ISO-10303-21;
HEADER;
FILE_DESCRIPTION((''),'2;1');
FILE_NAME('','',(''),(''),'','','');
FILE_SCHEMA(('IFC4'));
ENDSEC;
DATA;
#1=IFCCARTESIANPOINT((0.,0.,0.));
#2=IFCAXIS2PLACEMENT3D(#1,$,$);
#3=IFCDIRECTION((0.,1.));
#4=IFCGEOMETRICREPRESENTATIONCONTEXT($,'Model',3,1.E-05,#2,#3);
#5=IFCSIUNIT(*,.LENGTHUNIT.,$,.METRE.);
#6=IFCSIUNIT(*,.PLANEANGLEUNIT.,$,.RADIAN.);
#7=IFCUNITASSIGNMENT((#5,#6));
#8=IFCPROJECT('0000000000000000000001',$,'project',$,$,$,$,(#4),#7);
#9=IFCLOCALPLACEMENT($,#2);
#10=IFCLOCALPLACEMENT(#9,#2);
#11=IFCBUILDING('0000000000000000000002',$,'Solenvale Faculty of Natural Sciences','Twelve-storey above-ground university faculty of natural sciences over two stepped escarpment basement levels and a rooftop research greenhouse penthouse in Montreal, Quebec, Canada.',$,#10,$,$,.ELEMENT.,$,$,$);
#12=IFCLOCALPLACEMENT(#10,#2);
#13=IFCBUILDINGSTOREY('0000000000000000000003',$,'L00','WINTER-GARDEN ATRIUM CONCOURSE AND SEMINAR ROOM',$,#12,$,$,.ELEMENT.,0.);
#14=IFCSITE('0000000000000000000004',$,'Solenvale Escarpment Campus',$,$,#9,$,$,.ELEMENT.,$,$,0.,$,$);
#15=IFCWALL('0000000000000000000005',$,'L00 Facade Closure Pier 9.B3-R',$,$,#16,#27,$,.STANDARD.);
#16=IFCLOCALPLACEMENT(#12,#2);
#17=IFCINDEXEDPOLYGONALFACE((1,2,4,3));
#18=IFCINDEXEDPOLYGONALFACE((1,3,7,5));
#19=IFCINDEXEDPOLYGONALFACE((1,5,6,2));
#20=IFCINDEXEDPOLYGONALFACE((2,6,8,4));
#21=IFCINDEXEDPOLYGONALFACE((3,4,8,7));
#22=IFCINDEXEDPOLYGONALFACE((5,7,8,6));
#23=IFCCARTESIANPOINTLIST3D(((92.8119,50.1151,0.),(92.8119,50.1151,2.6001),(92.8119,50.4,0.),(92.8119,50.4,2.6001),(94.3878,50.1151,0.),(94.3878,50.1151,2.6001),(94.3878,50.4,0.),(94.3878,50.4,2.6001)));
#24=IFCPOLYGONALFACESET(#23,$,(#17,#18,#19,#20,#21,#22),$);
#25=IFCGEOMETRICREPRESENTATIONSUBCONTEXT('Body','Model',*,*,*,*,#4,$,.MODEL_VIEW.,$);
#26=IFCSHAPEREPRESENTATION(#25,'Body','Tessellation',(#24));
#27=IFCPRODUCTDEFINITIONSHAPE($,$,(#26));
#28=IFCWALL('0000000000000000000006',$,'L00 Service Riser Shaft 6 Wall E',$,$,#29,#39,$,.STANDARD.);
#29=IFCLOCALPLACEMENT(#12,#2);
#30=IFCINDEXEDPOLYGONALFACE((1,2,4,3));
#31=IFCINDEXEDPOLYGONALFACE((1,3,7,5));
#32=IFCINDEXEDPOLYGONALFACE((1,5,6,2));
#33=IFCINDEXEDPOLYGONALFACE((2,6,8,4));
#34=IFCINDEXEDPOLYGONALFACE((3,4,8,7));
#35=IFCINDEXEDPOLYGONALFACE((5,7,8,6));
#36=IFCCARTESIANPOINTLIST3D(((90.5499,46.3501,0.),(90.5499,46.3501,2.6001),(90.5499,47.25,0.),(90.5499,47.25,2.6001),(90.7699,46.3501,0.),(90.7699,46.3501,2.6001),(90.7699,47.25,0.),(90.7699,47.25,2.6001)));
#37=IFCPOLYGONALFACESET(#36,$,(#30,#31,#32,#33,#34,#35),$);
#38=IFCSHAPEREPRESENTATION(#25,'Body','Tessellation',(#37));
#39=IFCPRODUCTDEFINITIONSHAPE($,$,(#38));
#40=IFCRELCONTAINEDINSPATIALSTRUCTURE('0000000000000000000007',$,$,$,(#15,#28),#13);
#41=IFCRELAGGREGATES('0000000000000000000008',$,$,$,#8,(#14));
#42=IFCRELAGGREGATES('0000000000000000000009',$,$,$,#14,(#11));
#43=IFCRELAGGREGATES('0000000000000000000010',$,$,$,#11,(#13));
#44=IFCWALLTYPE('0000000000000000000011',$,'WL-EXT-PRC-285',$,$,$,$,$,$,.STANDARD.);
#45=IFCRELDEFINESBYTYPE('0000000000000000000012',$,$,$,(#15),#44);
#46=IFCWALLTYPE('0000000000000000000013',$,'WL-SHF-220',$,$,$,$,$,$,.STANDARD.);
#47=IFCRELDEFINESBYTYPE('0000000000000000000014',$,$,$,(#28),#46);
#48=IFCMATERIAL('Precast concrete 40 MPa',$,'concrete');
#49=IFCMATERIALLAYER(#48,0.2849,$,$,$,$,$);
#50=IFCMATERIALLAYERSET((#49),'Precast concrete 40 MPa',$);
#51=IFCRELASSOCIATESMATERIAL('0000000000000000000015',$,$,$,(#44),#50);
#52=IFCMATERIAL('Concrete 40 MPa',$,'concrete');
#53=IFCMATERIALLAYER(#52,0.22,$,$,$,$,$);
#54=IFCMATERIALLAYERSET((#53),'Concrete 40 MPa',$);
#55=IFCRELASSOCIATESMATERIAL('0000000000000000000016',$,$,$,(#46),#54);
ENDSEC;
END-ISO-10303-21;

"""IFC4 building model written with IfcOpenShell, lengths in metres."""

from ifc_helpers import new_model, si_unit, direction, frame, frame_2d, origin, place, context, subcontext, project, spatial, rectangle, extrude, material, layer, layer_set, type_object, element, save


model = new_model("IFC4")

# Units and contexts
model_context = context("Model", 3, precision=1e-05, world=origin(), true_north=direction((0.0, 1.0)))
body_context = subcontext(model_context, "Body", "Model", "MODEL_VIEW")
ifc_project = project(units=[si_unit("LENGTHUNIT", "METRE"), si_unit("PLANEANGLEUNIT", "RADIAN")], contexts=[model_context])

# Site, building, storey
site_placement = place(None, origin())
site = spatial("IfcSite", under=ifc_project, at=site_placement, Name="Solenvale Escarpment Campus", CompositionType="ELEMENT", RefElevation=0.0)
building_placement = place(site_placement, origin())
building = spatial("IfcBuilding", under=site, at=building_placement, Name="Solenvale Faculty of Natural Sciences", Description="Twelve-storey above-ground university faculty of natural sciences over two stepped escarpment basement levels and a rooftop research greenhouse penthouse in Montreal, Quebec, Canada.", CompositionType="ELEMENT")
storey_placement = place(building_placement, origin())
storey = spatial("IfcBuildingStorey", under=building, at=storey_placement, Name="L00", Description="WINTER-GARDEN ATRIUM CONCOURSE AND SEMINAR ROOM", CompositionType="ELEMENT", Elevation=0.0)

# Shared definitions
ifc_material_1 = material(Name="Concrete 40 MPa", Category="concrete")

# Walls
ifc_material_2 = material(Name="Precast concrete 40 MPa", Category="concrete")
ifc_layer_1 = layer(ifc_material_2, 0.2849)
ifc_layer_set_1 = layer_set([ifc_layer_1], Name="Precast concrete 40 MPa")
wall_type_1 = type_object("IfcWallType", Name="WL-EXT-PRC-285", PredefinedType="STANDARD", material=ifc_layer_set_1)
wall_1_placement = place(storey_placement, frame((94.3879, 50.2576, 0.0), z_axis=(0.0, 0.0, 1.0), x_axis=(-1.0, 0.0, 0.0)))
element("IfcWall", 1, at=wall_1_placement, inside=storey, type_object=wall_type_1, Name="L00 Facade Closure Pier 9.B3-R", PredefinedType="STANDARD", context=body_context, shape_type="SweptSolid", body=[
    extrude(rectangle(XDim=1.5759, YDim=0.2849, at=frame_2d((0.7881, 0.0))), origin(), (0.0, 0.0, 1.0), 2.6001),
])
ifc_layer_2 = layer(ifc_material_1, 0.22)
ifc_layer_set_2 = layer_set([ifc_layer_2], Name="Concrete 40 MPa")
wall_type_2 = type_object("IfcWallType", Name="WL-SHF-220", PredefinedType="STANDARD", material=ifc_layer_set_2)
wall_2_placement = place(storey_placement, frame((90.6599, 46.3501, 0.0), z_axis=(0.0, 0.0, 1.0), x_axis=(0.0, 1.0, 0.0)))
element("IfcWall", 2, at=wall_2_placement, inside=storey, type_object=wall_type_2, Name="L00 Service Riser Shaft 6 Wall E", PredefinedType="STANDARD", context=body_context, shape_type="SweptSolid", body=[
    extrude(rectangle(XDim=0.8999, YDim=0.22, at=frame_2d((0.45, 0.0))), origin(), (0.0, 0.0, 1.0), 2.6001),
])

save(model, "model.ifc")
